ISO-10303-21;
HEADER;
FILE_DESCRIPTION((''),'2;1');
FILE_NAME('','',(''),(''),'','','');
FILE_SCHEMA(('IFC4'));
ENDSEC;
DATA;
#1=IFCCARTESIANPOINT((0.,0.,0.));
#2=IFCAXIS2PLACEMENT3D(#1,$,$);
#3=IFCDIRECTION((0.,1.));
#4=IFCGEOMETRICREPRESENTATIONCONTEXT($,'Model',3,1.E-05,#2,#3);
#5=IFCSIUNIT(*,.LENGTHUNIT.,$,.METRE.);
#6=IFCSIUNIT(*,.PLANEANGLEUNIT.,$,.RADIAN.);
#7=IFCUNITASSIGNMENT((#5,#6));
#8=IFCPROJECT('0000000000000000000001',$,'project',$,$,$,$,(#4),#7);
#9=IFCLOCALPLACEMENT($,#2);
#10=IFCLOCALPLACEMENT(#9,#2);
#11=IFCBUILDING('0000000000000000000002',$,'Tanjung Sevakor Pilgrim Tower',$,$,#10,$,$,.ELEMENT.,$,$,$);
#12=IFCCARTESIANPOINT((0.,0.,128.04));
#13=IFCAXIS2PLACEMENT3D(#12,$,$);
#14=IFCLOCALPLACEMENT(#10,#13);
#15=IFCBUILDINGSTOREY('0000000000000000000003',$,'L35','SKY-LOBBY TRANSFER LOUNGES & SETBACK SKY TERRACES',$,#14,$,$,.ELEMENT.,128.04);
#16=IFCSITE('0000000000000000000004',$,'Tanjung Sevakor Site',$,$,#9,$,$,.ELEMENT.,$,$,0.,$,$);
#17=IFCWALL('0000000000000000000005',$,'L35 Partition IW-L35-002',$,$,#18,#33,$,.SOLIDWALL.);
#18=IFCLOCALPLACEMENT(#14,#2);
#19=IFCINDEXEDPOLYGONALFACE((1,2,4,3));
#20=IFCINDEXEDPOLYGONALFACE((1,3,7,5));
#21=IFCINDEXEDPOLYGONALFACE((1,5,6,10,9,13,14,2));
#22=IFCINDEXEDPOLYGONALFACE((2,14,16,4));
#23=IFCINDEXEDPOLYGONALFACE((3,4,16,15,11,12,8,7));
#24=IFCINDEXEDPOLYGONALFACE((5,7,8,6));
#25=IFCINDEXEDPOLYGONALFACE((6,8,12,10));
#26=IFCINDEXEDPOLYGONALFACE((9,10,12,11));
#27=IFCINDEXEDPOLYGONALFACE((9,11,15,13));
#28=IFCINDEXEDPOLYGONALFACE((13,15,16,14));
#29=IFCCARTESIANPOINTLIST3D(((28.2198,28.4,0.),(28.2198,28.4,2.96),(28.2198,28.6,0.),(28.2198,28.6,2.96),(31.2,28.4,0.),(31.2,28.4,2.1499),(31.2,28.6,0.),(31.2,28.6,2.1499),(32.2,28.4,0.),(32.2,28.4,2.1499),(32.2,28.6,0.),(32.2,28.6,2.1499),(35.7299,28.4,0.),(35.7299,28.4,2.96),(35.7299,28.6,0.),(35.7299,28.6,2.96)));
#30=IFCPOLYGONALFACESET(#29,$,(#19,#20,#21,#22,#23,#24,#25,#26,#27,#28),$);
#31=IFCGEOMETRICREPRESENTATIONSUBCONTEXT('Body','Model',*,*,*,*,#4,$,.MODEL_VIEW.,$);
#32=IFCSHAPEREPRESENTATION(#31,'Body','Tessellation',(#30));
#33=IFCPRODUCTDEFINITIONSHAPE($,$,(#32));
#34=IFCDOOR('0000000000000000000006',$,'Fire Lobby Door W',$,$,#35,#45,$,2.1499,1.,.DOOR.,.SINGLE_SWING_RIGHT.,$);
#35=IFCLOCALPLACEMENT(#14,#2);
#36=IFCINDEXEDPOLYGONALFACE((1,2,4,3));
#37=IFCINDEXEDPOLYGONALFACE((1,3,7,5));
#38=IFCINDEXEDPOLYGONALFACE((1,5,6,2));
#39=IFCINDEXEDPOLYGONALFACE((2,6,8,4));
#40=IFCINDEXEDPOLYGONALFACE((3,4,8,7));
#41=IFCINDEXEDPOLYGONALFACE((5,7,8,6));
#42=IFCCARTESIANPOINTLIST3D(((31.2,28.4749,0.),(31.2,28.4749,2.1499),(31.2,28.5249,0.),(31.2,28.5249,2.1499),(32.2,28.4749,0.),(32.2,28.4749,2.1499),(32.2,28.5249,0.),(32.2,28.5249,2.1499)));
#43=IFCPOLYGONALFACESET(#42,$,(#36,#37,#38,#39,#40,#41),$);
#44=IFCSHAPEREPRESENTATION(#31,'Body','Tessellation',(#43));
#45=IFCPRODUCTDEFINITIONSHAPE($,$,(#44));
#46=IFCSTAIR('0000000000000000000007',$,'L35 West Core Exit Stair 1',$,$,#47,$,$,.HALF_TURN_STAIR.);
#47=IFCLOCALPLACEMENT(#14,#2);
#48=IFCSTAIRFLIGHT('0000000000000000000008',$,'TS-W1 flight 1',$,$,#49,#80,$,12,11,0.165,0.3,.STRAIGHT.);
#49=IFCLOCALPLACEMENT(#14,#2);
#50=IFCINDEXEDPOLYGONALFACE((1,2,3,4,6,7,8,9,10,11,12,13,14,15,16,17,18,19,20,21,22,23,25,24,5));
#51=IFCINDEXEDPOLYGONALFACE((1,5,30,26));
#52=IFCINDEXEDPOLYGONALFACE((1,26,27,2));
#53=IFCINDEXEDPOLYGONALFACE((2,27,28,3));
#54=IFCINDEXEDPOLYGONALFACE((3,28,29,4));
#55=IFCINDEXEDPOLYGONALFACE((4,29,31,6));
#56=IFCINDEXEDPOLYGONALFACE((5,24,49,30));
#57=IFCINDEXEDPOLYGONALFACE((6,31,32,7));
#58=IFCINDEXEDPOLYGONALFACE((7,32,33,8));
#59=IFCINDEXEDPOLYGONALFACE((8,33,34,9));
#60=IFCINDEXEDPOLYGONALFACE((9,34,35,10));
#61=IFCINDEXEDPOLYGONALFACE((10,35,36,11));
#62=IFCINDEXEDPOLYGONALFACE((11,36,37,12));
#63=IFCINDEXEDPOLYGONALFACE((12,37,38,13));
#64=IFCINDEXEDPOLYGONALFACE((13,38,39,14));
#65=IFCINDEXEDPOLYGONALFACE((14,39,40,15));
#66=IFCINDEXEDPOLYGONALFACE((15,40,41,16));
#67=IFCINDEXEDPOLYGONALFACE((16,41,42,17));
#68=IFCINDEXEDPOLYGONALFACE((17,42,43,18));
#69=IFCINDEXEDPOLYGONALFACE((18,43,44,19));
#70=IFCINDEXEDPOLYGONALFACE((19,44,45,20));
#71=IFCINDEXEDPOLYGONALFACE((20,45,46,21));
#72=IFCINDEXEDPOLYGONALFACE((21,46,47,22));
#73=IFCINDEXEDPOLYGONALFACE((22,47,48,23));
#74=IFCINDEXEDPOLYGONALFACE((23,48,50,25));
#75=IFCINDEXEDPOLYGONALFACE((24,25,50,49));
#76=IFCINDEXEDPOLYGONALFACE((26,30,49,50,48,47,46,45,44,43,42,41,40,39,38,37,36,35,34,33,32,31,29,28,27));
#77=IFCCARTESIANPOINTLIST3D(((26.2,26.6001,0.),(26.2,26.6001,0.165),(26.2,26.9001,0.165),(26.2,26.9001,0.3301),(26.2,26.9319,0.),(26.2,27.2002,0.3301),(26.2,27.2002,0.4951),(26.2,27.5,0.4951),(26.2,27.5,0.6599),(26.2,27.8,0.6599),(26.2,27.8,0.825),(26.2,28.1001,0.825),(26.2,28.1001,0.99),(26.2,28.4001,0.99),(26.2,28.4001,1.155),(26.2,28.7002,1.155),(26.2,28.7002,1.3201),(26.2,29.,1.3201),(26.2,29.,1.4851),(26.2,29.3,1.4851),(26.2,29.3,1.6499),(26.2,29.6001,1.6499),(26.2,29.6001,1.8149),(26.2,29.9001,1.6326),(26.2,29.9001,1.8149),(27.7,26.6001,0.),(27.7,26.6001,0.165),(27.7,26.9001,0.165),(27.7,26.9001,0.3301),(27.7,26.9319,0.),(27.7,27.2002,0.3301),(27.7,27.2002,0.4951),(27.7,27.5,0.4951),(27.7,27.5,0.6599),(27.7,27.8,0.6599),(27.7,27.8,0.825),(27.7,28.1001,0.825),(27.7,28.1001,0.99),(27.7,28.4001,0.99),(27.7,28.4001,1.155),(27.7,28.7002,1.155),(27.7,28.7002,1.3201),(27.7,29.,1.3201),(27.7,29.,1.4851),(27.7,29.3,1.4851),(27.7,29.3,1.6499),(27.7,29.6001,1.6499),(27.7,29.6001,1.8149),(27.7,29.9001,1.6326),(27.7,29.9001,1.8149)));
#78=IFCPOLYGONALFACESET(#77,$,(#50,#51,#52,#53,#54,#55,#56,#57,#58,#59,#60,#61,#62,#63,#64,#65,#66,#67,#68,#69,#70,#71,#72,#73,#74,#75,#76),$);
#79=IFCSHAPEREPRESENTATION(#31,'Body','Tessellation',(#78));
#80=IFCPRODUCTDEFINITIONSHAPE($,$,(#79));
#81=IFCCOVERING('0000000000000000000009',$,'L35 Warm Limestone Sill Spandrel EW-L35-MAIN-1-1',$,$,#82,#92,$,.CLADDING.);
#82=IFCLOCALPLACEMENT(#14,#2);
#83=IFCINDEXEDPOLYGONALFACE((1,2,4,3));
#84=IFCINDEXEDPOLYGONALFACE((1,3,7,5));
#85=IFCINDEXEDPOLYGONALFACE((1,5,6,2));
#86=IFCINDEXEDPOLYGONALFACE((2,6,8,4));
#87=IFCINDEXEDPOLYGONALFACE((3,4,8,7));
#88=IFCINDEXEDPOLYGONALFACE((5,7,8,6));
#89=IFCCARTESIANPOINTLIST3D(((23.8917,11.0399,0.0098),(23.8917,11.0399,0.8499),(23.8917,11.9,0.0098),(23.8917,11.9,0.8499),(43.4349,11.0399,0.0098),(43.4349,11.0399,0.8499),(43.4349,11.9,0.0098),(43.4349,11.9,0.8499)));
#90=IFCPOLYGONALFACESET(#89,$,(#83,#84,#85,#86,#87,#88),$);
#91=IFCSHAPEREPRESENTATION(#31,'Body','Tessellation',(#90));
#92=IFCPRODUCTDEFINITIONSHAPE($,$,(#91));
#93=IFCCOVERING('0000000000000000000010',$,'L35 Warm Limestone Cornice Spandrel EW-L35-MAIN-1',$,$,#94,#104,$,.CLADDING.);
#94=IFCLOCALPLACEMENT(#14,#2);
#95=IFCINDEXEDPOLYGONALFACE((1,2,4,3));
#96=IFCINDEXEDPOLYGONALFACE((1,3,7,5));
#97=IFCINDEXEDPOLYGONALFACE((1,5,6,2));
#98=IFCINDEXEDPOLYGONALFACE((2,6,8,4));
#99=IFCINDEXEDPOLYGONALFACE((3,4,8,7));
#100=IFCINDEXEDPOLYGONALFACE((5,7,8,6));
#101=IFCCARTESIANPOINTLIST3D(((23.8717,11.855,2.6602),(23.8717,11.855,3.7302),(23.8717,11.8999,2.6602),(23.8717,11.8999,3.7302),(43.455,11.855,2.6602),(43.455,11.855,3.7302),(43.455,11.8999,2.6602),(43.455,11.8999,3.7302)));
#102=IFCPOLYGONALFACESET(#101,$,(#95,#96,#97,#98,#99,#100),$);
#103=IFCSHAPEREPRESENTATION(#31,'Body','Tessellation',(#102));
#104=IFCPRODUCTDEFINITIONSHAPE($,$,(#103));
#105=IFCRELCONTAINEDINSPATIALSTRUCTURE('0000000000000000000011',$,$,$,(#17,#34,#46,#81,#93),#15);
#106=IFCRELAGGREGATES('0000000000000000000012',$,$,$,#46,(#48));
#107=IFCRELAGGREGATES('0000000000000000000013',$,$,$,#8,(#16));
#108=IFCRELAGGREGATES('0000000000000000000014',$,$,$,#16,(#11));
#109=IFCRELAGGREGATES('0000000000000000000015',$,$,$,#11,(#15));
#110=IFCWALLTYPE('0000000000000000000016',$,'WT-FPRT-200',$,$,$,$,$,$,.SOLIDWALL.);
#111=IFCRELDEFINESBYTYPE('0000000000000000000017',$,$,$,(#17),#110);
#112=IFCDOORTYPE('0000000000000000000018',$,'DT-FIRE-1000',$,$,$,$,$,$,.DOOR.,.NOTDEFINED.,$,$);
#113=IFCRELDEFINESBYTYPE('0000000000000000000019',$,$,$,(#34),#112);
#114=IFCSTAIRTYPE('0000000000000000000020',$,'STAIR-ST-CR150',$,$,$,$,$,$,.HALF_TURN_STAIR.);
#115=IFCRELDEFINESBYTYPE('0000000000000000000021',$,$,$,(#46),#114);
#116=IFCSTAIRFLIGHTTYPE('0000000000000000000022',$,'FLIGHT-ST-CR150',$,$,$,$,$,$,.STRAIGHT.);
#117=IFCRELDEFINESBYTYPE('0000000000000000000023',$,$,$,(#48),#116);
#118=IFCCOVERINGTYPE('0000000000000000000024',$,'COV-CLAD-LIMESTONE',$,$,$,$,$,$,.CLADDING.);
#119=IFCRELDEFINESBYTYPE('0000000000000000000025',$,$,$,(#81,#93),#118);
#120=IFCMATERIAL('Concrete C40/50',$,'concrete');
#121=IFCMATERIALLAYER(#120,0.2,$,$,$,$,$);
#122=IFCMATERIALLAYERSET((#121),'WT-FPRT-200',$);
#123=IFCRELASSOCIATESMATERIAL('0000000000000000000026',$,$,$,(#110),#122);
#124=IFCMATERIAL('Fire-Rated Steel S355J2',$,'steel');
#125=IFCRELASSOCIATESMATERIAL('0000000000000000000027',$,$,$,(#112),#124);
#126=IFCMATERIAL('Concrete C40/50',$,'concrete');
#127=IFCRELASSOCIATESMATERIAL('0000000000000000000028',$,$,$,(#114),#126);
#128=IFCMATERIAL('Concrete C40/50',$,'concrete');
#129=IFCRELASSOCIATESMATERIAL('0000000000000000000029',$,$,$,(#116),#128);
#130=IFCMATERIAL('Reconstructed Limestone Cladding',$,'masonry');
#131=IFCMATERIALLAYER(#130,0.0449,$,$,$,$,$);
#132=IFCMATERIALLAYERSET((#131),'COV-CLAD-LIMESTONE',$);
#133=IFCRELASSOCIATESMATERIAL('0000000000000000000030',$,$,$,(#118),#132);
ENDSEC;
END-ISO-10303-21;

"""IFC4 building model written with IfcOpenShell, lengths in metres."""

from ifc_helpers import new_model, si_unit, direction, frame, frame_2d, origin, origin_2d, place, context, subcontext, project, spatial, polyline, rectangle, outline, extrude, material, layer, layer_set, type_object, element, fill, aggregate, save


model = new_model("IFC4")

# Units and contexts
model_context = context("Model", 3, precision=1e-05, world=origin(), true_north=direction((0.0, 1.0)))
body_context = subcontext(model_context, "Body", "Model", "MODEL_VIEW")
ifc_project = project(units=[si_unit("LENGTHUNIT", "METRE"), si_unit("PLANEANGLEUNIT", "RADIAN")], contexts=[model_context])

# Site, building, storey
site_placement = place(None, origin())
site = spatial("IfcSite", under=ifc_project, at=site_placement, Name="Tanjung Sevakor Site", CompositionType="ELEMENT", RefElevation=0.0)
building_placement = place(site_placement, origin())
building = spatial("IfcBuilding", under=site, at=building_placement, Name="Tanjung Sevakor Pilgrim Tower", CompositionType="ELEMENT")
storey_placement = place(building_placement, frame((0.0, 0.0, 128.04)))
storey = spatial("IfcBuildingStorey", under=building, at=storey_placement, Name="L35", Description="SKY-LOBBY TRANSFER LOUNGES & SETBACK SKY TERRACES", CompositionType="ELEMENT", Elevation=128.04)

# Wall, opening, door
ifc_material_1 = material(Name="Concrete C40/50", Category="concrete")
ifc_layer_1 = layer(ifc_material_1, 0.2)
ifc_layer_set_1 = layer_set([ifc_layer_1], Name="WT-FPRT-200")
wall_type_1 = type_object("IfcWallType", Name="WT-FPRT-200", PredefinedType="SOLIDWALL", material=ifc_layer_set_1)
wall_1_placement = place(storey_placement, frame((28.22, 28.5, 0.0), z_axis=(0.0, 0.0, 1.0), x_axis=(1.0, 0.0, 0.0)))
wall_1 = element("IfcWall", 1, at=wall_1_placement, inside=storey, type_object=wall_type_1, Name="L35 Partition IW-L35-002", PredefinedType="SOLIDWALL", context=body_context, shape_type="SweptSolid", body=[
    extrude(rectangle(XDim=7.51, YDim=0.2, at=frame_2d((3.7549, 0.0))), origin(), (0.0, 0.0, 1.0), 2.96),
])
opening_1_placement = place(wall_1_placement, frame((2.98, 0.0, 0.0)))
opening_1 = element("IfcOpeningElement", 2, at=opening_1_placement, cuts=wall_1, PredefinedType="OPENING", context=body_context, shape_type="SweptSolid", body=[
    extrude(rectangle(XDim=1.0, YDim=2.1499, at=frame_2d((0.5, 1.075))), frame((0.0, 0.1099, 0.0), z_axis=(0.0, -1.0, 0.0), x_axis=(1.0, 0.0, 0.0)), (0.0, 0.0, 1.0), 0.22),
])
ifc_material_2 = material(Name="Fire-Rated Steel S355J2", Category="steel")
door_type_1 = type_object("IfcDoorType", Name="DT-FIRE-1000", OperationType="NOTDEFINED", PredefinedType="DOOR", material=ifc_material_2)
door_1_placement = place(opening_1_placement, origin())
door_1 = element("IfcDoor", 3, at=door_1_placement, inside=storey, type_object=door_type_1, Name="Fire Lobby Door W", OperationType="SINGLE_SWING_RIGHT", OverallHeight=2.1499, OverallWidth=1.0, PredefinedType="DOOR", context=body_context, shape_type="SweptSolid", body=[
    extrude(rectangle(XDim=1.0, YDim=2.1499, at=frame_2d((0.5, 1.075))), frame((0.0, 0.0249, 0.0), z_axis=(0.0, -1.0, 0.0), x_axis=(1.0, 0.0, 0.0)), (0.0, 0.0, 1.0), 0.05),
])
fill(opening_1, door_1)

# Stair, stair flight
ifc_material_3 = material(Name="Concrete C40/50", Category="concrete")
stair_type = type_object("IfcStairType", Name="STAIR-ST-CR150", PredefinedType="HALF_TURN_STAIR", material=ifc_material_3)
stair_placement = place(storey_placement, origin())
stair = element("IfcStair", 4, at=stair_placement, inside=storey, type_object=stair_type, Name="L35 West Core Exit Stair 1", PredefinedType="HALF_TURN_STAIR")
ifc_material_4 = material(Name="Concrete C40/50", Category="concrete")
stair_flight_type = type_object("IfcStairFlightType", Name="FLIGHT-ST-CR150", PredefinedType="STRAIGHT", material=ifc_material_4)
stair_flight_placement = place(storey_placement, frame((26.95, 26.6001, 0.0), z_axis=(0.0, 0.0, 1.0), x_axis=(0.0, 1.0, 0.0)))
stair_flight = element("IfcStairFlight", 5, at=stair_flight_placement, type_object=stair_flight_type, Name="TS-W1 flight 1", NumberOfRisers=12, NumberOfTreads=11, PredefinedType="STRAIGHT", RiserHeight=0.165, TreadLength=0.3, context=body_context, shape_type="SweptSolid", body=[
    extrude(outline(polyline([(0.0, 0.0), (0.0, 0.165), (0.3, 0.165), (0.3, 0.3301), (0.6001, 0.3301), (0.6001, 0.4951), (0.8999, 0.4951), (0.8999, 0.6599), (1.2, 0.6599), (1.2, 0.825), (1.5, 0.825), (1.5, 0.99), (1.8, 0.99), (1.8, 1.155), (2.1001, 1.155), (2.1001, 1.3201), (2.3999, 1.3201), (2.3999, 1.4851), (2.7, 1.4851), (2.7, 1.6499), (3.0, 1.6499), (3.0, 1.8149), (3.3, 1.8149), (3.3, 1.98), (3.3, 1.6326), (0.3318, 0.0), (0.0, 0.0)])), frame((0.0, 0.75, 0.0), z_axis=(0.0, -1.0, 0.0), x_axis=(1.0, 0.0, 0.0)), (0.0, 0.0, 1.0), 1.5),
])
aggregate(stair, [stair_flight])

# Coverings
ifc_material_5 = material(Name="Reconstructed Limestone Cladding", Category="masonry")
ifc_layer_2 = layer(ifc_material_5, 0.0449)
ifc_layer_set_2 = layer_set([ifc_layer_2], Name="COV-CLAD-LIMESTONE")
covering_type = type_object("IfcCoveringType", Name="COV-CLAD-LIMESTONE", PredefinedType="CLADDING", material=ifc_layer_set_2)
covering_1_placement = place(storey_placement, frame((33.6633, 11.47, 0.0098), z_axis=(0.0, 0.0, 1.0), x_axis=(1.0, 0.0, 0.0)))
element("IfcCovering", 6, at=covering_1_placement, inside=storey, type_object=covering_type, Name="L35 Warm Limestone Sill Spandrel EW-L35-MAIN-1-1", PredefinedType="CLADDING", context=body_context, shape_type="SweptSolid", body=[
    extrude(rectangle(XDim=19.5432, YDim=0.8601, at=origin_2d()), origin(), (0.0, 0.0, 1.0), 0.8401),
])
covering_2_placement = place(storey_placement, frame((33.6633, 11.8774, 2.6602), z_axis=(0.0, 0.0, 1.0), x_axis=(1.0, 0.0, 0.0)))
element("IfcCovering", 7, at=covering_2_placement, inside=storey, type_object=covering_type, Name="L35 Warm Limestone Cornice Spandrel EW-L35-MAIN-1", PredefinedType="CLADDING", context=body_context, shape_type="SweptSolid", body=[
    extrude(rectangle(XDim=19.5833, YDim=0.0449, at=origin_2d()), origin(), (0.0, 0.0, 1.0), 1.0701),
])

save(model, "model.ifc")
